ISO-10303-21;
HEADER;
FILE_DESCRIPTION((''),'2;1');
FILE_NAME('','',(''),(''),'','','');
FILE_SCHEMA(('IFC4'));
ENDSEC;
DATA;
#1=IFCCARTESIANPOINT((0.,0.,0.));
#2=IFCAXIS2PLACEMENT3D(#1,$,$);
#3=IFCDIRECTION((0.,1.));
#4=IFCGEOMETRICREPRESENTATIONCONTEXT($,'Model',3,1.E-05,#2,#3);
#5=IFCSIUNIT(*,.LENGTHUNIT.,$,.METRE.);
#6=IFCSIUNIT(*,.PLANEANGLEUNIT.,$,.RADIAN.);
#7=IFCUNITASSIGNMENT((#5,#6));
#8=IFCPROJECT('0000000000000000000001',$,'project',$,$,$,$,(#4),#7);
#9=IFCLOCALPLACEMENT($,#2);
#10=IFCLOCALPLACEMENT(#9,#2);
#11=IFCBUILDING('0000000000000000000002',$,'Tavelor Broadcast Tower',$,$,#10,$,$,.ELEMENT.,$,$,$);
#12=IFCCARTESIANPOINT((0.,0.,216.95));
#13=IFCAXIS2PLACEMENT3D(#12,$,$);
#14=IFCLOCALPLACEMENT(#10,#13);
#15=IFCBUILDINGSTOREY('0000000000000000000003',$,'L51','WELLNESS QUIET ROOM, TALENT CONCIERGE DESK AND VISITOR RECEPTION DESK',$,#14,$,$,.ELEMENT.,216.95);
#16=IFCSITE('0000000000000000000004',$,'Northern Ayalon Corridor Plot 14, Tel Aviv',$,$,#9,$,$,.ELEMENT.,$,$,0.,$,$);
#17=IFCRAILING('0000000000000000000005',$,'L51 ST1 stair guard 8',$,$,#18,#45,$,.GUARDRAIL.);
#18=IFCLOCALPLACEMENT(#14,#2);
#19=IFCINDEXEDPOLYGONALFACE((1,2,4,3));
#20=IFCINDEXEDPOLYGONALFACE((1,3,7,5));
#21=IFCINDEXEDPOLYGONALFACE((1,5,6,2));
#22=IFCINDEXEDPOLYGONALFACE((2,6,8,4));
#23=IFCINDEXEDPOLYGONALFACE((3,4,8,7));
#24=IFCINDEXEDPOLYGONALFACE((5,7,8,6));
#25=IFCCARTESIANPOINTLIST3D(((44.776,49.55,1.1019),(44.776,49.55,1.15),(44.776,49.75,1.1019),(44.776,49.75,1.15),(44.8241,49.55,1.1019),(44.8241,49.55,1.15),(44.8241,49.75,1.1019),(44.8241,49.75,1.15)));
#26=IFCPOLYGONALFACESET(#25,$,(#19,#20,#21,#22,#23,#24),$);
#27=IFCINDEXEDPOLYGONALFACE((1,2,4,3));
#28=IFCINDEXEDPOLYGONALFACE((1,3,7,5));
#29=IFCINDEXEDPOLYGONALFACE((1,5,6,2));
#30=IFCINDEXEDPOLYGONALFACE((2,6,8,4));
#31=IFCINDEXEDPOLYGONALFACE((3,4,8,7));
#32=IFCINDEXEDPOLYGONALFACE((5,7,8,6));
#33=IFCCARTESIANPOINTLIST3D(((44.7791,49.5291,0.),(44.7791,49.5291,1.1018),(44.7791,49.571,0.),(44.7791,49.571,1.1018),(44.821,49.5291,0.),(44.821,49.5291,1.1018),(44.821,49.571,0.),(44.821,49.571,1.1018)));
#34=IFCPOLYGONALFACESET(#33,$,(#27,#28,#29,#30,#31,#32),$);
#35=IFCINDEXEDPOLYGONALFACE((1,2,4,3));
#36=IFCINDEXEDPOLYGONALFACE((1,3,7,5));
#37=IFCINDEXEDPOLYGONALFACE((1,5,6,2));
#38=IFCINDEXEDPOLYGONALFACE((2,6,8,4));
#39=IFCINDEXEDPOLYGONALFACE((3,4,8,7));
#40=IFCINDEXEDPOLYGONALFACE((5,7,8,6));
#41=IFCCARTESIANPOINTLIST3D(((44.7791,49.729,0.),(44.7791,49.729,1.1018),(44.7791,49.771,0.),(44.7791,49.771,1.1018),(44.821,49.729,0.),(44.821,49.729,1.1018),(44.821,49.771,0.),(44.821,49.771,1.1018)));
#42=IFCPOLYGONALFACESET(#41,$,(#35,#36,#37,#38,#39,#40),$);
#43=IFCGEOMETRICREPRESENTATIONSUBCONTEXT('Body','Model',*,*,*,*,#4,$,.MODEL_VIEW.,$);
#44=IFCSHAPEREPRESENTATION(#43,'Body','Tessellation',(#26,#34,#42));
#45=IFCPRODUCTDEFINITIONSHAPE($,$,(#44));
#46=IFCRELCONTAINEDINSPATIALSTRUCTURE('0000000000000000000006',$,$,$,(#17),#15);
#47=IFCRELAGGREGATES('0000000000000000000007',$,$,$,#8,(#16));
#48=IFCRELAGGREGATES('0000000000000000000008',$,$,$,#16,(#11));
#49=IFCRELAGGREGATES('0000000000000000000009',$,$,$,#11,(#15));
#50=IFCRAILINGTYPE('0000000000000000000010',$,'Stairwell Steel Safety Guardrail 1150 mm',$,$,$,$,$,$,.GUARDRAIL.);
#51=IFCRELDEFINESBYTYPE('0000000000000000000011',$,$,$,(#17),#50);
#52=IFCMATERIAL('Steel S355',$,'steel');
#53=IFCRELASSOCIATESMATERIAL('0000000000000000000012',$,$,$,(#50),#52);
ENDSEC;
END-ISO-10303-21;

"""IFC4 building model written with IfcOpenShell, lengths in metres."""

from ifc_helpers import new_model, si_unit, direction, frame, origin, origin_2d, place, context, subcontext, project, spatial, rectangle, extrude, material, type_object, element, save


model = new_model("IFC4")

# Units and contexts
model_context = context("Model", 3, precision=1e-05, world=origin(), true_north=direction((0.0, 1.0)))
body_context = subcontext(model_context, "Body", "Model", "MODEL_VIEW")
ifc_project = project(units=[si_unit("LENGTHUNIT", "METRE"), si_unit("PLANEANGLEUNIT", "RADIAN")], contexts=[model_context])

# Site, building, storey
site_placement = place(None, origin())
site = spatial("IfcSite", under=ifc_project, at=site_placement, Name="Northern Ayalon Corridor Plot 14, Tel Aviv", CompositionType="ELEMENT", RefElevation=0.0)
building_placement = place(site_placement, origin())
building = spatial("IfcBuilding", under=site, at=building_placement, Name="Tavelor Broadcast Tower", CompositionType="ELEMENT")
storey_placement = place(building_placement, frame((0.0, 0.0, 216.95)))
storey = spatial("IfcBuildingStorey", under=building, at=storey_placement, Name="L51", Description="WELLNESS QUIET ROOM, TALENT CONCIERGE DESK AND VISITOR RECEPTION DESK", CompositionType="ELEMENT", Elevation=216.95)

# Shared definitions
ifc_material_1 = material(Name="Steel S355", Category="steel")

# Railing
railing_type = type_object("IfcRailingType", Name="Stairwell Steel Safety Guardrail 1150 mm", PredefinedType="GUARDRAIL", material=ifc_material_1)
for number, where, name in (
    (1, (44.8, 49.55, 0.0), "L51 ST1 stair guard 8"),
):
    element("IfcRailing", number, at=place(storey_placement, frame(where)), inside=storey, type_object=railing_type, Name=name, PredefinedType="GUARDRAIL", context=body_context, shape_type="SweptSolid", body=[
        extrude(rectangle(XDim=0.0481, YDim=0.0481, at=origin_2d()), frame((0.0, 0.0, 1.126), z_axis=(0.0, 1.0, 0.0), x_axis=(-1.0, 0.0, 0.0)), (0.0, 0.0, 1.0), 0.2),
        extrude(rectangle(XDim=0.042, YDim=0.042, at=origin_2d()), origin(), (0.0, 0.0, 1.0), 1.1018),
        extrude(rectangle(XDim=0.042, YDim=0.042, at=origin_2d()), frame((0.0, 0.2, 0.0)), (0.0, 0.0, 1.0), 1.1018),
    ])

save(model, "model.ifc")
